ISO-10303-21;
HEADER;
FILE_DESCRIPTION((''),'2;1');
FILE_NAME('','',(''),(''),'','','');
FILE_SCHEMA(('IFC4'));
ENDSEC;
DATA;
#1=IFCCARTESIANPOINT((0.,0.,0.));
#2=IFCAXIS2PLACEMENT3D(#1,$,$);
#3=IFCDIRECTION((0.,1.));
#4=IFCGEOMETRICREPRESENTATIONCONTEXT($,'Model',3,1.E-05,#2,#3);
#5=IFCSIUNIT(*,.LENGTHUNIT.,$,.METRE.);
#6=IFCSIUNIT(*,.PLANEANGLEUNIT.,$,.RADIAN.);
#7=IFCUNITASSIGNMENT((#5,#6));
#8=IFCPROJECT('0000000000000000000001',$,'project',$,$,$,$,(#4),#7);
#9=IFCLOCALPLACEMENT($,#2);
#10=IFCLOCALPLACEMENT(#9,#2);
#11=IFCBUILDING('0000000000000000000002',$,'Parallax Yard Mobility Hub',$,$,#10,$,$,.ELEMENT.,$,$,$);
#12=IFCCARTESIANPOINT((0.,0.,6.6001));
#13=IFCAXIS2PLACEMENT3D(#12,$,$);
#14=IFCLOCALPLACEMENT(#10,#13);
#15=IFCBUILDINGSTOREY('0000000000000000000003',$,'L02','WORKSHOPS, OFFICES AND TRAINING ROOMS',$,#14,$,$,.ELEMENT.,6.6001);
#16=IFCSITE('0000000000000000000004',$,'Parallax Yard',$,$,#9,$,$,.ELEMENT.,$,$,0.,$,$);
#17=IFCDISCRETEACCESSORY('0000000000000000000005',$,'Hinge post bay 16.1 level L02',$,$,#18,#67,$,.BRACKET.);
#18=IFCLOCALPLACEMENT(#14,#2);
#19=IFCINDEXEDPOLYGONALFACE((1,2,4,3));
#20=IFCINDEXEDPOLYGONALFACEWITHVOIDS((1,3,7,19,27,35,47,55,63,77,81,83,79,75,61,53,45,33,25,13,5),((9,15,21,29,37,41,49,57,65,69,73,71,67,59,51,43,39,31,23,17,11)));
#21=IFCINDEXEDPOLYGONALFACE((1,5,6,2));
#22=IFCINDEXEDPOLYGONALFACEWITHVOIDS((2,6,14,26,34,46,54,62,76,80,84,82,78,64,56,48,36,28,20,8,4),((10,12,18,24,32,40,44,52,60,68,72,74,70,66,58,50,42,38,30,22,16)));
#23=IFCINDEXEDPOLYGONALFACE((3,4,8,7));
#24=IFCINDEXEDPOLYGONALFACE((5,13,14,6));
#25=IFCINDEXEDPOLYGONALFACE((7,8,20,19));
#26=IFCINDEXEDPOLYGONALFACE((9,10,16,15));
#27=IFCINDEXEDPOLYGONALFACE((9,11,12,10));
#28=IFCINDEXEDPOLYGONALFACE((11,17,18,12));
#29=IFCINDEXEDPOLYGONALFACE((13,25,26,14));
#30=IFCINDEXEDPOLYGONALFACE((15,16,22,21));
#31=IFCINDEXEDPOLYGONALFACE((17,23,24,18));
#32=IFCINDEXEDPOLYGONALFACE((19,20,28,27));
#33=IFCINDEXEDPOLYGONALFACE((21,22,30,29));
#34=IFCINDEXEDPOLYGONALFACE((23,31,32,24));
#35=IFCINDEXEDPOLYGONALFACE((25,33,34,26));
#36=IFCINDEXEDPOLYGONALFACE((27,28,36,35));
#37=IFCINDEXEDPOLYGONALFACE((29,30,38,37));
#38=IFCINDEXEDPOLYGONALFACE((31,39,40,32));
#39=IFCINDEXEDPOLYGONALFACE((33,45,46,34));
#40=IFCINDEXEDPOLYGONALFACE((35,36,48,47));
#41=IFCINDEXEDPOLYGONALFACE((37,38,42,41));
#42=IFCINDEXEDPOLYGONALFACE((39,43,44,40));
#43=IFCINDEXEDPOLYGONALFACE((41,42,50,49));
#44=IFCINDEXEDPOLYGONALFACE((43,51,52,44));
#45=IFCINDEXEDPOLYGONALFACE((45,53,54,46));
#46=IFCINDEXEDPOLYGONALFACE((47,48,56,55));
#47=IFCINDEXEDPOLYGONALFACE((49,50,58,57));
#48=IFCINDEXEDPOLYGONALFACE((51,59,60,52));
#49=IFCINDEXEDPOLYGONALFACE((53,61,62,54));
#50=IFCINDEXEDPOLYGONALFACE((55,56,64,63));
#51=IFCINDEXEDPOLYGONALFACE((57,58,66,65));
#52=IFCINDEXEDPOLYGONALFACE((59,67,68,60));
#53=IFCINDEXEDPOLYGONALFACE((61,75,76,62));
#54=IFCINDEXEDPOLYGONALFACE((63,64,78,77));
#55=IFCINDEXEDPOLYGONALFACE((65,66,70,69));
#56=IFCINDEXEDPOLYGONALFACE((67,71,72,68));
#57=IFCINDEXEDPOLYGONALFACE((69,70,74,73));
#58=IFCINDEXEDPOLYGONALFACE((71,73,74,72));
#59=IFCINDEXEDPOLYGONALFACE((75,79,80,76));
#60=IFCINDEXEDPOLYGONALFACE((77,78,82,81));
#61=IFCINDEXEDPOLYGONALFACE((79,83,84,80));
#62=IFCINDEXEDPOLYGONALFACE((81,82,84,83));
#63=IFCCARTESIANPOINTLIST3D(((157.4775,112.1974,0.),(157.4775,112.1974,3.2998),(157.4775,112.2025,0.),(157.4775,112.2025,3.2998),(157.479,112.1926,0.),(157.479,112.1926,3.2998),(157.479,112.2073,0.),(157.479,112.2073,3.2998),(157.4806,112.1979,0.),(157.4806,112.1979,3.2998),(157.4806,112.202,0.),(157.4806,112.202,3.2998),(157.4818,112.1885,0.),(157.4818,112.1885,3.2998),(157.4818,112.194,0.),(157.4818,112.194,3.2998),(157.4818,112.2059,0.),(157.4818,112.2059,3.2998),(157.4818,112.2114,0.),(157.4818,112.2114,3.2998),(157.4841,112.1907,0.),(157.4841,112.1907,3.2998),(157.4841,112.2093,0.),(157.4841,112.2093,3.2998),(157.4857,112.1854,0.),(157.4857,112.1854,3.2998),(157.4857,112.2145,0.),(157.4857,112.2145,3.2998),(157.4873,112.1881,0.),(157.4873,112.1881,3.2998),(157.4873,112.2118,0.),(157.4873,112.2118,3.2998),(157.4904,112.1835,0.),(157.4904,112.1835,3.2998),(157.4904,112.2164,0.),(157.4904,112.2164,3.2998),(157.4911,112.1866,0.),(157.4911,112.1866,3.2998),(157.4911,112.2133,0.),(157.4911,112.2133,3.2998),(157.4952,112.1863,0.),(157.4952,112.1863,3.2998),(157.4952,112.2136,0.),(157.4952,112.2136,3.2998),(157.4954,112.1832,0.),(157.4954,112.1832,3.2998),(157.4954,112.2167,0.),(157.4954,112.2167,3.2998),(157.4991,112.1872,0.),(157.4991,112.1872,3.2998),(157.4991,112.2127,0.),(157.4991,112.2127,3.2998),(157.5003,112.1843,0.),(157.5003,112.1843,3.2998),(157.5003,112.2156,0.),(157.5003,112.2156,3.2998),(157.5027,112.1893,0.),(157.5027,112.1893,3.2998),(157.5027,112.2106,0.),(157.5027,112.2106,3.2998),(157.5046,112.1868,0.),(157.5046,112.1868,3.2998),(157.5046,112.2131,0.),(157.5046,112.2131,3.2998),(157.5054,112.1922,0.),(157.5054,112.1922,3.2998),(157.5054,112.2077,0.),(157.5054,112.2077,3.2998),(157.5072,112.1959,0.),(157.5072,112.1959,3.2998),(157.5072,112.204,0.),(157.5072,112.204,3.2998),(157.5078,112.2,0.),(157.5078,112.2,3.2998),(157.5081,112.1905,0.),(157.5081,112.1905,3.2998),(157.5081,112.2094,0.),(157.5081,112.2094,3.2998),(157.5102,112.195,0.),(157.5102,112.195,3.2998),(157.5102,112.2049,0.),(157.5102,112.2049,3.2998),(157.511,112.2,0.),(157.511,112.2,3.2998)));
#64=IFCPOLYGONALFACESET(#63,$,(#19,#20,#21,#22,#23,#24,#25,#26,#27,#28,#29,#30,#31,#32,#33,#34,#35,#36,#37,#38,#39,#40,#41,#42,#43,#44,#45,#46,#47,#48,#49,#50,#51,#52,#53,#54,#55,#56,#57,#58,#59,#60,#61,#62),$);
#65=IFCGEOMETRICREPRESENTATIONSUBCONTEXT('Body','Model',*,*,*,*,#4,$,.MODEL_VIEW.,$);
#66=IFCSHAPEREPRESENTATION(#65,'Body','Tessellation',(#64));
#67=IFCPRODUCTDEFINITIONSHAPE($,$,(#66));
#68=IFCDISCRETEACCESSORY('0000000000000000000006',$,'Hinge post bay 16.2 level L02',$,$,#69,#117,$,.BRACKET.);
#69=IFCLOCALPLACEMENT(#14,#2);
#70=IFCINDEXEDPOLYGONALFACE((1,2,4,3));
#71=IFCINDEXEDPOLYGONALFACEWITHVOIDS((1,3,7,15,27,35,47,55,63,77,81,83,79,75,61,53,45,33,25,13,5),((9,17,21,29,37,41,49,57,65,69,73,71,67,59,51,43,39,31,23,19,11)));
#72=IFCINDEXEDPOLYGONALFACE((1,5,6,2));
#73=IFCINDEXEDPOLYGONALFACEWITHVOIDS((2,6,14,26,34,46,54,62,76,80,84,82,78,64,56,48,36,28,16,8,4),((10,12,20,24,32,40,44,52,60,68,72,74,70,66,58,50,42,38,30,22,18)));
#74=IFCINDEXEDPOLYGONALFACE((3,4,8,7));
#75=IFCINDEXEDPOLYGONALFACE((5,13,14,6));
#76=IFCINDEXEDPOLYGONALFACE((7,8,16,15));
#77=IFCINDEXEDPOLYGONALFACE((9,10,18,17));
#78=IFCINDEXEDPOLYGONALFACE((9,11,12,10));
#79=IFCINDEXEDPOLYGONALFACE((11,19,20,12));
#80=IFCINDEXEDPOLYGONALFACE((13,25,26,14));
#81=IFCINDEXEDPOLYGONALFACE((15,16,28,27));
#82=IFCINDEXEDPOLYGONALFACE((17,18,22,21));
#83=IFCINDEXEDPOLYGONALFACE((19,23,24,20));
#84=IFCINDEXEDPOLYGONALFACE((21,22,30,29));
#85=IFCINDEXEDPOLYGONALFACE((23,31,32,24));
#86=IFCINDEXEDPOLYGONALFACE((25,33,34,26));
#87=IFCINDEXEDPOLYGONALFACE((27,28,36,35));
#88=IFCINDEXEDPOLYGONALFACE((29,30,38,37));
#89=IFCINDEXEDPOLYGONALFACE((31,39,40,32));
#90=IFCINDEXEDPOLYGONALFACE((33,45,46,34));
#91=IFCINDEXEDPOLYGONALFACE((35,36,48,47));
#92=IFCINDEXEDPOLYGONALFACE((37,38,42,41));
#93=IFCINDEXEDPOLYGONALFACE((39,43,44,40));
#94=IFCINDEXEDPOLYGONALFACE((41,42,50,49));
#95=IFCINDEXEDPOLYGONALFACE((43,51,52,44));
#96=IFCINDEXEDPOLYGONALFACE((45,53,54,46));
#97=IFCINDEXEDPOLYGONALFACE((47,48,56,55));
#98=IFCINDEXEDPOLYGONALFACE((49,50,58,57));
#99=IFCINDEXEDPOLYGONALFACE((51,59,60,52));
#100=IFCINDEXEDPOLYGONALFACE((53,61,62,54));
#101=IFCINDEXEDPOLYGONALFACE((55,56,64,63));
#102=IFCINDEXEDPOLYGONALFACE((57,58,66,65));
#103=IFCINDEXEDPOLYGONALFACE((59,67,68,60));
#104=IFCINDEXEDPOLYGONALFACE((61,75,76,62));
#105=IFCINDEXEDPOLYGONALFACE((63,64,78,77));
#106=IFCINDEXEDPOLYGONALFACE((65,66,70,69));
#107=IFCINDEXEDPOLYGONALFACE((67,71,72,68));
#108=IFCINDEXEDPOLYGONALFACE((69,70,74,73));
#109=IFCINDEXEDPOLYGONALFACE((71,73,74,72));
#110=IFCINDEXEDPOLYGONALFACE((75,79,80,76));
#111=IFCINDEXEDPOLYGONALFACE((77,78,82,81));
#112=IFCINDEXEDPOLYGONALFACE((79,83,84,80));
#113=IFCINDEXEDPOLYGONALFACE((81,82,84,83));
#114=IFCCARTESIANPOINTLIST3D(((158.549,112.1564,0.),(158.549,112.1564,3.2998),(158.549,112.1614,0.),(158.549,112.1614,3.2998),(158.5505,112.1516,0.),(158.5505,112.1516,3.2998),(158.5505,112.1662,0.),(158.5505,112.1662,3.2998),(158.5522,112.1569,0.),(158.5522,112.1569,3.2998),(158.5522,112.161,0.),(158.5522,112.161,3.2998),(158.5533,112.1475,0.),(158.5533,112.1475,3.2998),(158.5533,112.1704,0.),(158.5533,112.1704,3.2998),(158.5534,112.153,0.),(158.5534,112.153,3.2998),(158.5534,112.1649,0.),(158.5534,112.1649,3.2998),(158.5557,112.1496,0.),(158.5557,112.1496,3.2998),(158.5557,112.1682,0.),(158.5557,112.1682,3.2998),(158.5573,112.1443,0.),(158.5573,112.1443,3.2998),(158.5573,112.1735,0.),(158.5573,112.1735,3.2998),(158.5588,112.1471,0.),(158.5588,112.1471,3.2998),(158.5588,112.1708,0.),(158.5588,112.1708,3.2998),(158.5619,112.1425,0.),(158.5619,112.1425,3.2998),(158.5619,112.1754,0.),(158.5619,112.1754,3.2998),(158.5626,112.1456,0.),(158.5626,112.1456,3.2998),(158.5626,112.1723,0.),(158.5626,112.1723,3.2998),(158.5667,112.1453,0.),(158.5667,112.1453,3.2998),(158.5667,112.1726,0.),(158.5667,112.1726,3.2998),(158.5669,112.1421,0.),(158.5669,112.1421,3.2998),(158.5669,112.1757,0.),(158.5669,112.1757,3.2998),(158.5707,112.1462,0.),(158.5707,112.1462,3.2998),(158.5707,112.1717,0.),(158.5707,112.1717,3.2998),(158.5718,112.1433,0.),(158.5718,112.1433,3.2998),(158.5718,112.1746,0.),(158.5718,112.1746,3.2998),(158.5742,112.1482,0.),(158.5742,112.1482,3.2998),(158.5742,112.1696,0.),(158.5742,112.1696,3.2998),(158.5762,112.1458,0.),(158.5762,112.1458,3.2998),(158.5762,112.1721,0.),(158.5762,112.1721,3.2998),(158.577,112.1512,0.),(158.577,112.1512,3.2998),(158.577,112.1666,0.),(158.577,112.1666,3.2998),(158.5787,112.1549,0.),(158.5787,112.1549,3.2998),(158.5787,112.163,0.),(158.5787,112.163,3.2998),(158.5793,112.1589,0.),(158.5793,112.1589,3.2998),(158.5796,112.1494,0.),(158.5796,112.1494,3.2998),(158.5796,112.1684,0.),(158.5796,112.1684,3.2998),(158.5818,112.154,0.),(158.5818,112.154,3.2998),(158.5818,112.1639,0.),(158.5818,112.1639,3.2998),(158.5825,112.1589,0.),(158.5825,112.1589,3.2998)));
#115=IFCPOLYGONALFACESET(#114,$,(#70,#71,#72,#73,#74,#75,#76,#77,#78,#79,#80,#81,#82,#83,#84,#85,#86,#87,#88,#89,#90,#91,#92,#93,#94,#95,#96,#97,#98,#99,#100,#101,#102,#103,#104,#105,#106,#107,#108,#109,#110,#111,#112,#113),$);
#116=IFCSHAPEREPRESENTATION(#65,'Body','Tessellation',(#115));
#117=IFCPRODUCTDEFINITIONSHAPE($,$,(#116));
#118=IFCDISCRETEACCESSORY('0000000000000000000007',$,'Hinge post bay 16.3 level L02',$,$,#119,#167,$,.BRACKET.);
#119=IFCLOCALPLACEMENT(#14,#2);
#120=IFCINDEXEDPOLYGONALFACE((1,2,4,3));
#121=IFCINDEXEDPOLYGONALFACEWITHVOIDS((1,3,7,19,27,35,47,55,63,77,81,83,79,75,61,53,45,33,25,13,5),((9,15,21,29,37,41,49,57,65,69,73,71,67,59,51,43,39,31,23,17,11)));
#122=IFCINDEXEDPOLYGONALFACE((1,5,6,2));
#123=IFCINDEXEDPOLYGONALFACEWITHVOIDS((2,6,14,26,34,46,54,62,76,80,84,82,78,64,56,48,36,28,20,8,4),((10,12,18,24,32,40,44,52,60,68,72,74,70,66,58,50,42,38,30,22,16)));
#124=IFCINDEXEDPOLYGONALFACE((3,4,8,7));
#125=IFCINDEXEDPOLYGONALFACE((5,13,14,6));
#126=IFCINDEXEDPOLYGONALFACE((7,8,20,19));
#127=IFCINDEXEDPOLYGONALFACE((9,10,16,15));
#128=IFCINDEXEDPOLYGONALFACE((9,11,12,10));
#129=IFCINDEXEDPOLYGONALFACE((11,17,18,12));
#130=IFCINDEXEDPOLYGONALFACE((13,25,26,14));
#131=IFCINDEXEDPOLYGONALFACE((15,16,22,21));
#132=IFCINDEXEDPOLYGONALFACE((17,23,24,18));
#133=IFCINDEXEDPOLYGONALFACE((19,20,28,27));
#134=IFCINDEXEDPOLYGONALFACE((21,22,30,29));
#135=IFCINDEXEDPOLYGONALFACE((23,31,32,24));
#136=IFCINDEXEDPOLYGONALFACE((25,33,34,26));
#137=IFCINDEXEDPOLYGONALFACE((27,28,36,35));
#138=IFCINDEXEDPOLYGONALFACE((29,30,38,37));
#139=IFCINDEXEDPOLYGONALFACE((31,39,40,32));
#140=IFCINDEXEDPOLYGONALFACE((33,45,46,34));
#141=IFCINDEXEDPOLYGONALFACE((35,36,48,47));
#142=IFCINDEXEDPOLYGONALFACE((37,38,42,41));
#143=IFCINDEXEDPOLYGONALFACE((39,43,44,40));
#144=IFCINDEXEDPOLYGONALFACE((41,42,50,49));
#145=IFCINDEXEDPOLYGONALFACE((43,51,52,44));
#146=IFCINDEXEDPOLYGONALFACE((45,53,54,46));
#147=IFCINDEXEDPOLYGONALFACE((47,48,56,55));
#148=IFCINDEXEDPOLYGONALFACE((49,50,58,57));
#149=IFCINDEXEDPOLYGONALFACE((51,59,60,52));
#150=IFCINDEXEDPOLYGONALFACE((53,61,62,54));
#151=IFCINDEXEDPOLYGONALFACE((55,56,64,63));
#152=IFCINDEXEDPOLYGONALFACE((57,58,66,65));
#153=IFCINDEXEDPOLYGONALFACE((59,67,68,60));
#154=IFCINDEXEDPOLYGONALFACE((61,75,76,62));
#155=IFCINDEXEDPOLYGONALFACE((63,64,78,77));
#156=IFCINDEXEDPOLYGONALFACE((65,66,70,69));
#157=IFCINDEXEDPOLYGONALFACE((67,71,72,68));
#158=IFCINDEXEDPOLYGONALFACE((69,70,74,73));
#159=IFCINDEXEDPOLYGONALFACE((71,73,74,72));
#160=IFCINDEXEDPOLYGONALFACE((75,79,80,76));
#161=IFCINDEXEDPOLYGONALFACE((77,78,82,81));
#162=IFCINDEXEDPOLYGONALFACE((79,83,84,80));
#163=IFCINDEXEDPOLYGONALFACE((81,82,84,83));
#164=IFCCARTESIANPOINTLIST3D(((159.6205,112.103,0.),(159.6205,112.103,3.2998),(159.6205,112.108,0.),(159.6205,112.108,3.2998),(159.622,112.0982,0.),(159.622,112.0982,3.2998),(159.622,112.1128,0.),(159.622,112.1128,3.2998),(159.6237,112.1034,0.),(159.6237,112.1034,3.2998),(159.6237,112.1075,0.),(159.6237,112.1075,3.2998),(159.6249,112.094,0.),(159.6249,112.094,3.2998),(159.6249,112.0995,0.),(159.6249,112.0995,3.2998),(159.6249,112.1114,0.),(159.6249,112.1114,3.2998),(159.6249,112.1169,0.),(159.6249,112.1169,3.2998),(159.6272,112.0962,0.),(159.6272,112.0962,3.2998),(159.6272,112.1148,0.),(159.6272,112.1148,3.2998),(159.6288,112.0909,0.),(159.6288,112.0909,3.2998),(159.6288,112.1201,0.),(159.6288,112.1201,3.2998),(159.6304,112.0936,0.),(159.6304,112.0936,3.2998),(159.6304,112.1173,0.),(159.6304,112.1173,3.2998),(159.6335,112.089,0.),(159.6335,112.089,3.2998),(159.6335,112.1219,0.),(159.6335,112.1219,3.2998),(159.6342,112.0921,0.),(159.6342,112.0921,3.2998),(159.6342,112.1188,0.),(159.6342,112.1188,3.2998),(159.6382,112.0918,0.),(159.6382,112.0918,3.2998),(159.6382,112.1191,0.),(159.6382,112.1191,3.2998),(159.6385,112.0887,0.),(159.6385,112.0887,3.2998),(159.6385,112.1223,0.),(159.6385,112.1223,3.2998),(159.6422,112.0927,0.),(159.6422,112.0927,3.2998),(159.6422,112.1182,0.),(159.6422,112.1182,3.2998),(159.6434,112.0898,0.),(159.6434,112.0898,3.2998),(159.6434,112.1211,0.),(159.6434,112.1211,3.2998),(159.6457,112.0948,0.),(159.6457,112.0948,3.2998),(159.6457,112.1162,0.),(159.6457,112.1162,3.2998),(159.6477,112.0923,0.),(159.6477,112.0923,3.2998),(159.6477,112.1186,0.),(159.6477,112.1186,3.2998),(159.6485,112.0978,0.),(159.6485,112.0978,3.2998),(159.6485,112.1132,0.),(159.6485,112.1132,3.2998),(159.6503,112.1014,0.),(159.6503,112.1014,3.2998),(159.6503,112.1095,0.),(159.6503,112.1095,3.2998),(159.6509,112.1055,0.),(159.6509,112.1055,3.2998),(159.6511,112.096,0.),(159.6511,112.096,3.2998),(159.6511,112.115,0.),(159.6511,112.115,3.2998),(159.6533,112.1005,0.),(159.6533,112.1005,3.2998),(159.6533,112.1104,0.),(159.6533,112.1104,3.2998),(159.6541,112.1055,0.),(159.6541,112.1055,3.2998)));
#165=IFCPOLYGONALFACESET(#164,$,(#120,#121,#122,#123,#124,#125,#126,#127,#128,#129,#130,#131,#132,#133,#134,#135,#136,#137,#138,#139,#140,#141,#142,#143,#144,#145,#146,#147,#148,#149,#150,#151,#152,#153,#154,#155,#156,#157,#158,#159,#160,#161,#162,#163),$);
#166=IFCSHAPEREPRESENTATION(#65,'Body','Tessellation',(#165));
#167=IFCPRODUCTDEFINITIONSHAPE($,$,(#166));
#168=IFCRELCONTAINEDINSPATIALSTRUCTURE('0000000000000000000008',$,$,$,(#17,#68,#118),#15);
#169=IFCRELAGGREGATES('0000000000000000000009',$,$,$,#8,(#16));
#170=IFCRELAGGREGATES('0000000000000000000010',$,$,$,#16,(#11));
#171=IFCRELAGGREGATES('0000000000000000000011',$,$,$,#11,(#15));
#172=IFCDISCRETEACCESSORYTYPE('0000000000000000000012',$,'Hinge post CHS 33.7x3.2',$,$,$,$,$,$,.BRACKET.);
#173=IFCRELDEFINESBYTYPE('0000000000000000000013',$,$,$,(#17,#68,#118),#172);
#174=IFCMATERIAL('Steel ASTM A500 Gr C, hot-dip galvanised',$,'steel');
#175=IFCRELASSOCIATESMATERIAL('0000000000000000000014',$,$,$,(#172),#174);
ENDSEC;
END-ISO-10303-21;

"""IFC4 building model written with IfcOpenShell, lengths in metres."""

from ifc_helpers import new_model, si_unit, direction, frame, origin, origin_2d, place, context, subcontext, project, spatial, hollow_circle, extrude, material, material_profile, profile_set, type_object, element, save


model = new_model("IFC4")

# Units and contexts
model_context = context("Model", 3, precision=1e-05, world=origin(), true_north=direction((0.0, 1.0)))
body_context = subcontext(model_context, "Body", "Model", "MODEL_VIEW")
ifc_project = project(units=[si_unit("LENGTHUNIT", "METRE"), si_unit("PLANEANGLEUNIT", "RADIAN")], contexts=[model_context])

# Site, building, storey
site_placement = place(None, origin())
site = spatial("IfcSite", under=ifc_project, at=site_placement, Name="Parallax Yard", CompositionType="ELEMENT", RefElevation=0.0)
building_placement = place(site_placement, origin())
building = spatial("IfcBuilding", under=site, at=building_placement, Name="Parallax Yard Mobility Hub", CompositionType="ELEMENT")
storey_placement = place(building_placement, frame((0.0, 0.0, 6.6001)))
storey = spatial("IfcBuildingStorey", under=building, at=storey_placement, Name="L02", Description="WORKSHOPS, OFFICES AND TRAINING ROOMS", CompositionType="ELEMENT", Elevation=6.6001)

# Discrete accessories
ifc_material_1 = material(Name="Steel ASTM A500 Gr C, hot-dip galvanised", Category="steel")
ifc_material_profile_1 = material_profile(ifc_material_1, hollow_circle(Radius=0.0168, WallThickness=0.0032, at=origin_2d()), Name="CHS 33.7x3.2")
ifc_profile_set_1 = profile_set([ifc_material_profile_1], Name="Steel ASTM A500 Gr C, hot-dip galvanised")
discrete_accessory_type_1 = type_object("IfcDiscreteAccessoryType", Name="Hinge post CHS 33.7x3.2", PredefinedType="BRACKET", material=ifc_profile_set_1)
for number, where, z_axis, x_axis, name in (
    (1, (157.4941, 112.2, 0.0), (0.0, 0.0, 1.0), (1.0, 0.0, 0.0), "Hinge post bay 16.1 level L02"),
    (2, (158.5657, 112.1589, 0.0), (0.0, 0.0, 1.0), (1.0, 0.0, 0.0), "Hinge post bay 16.2 level L02"),
    (3, (159.6372, 112.1055, 0.0), (0.0, 0.0, 1.0), (1.0, 0.0, 0.0), "Hinge post bay 16.3 level L02"),
):
    element("IfcDiscreteAccessory", number, at=place(storey_placement, frame(where, z_axis=z_axis, x_axis=x_axis)), inside=storey, type_object=discrete_accessory_type_1, Name=name, PredefinedType="BRACKET", context=body_context, shape_type="SweptSolid", body=[
        extrude(hollow_circle(Radius=0.0168, WallThickness=0.0032, at=origin_2d()), origin(), (0.0, 0.0, 1.0), 3.2998),
    ])

save(model, "model.ifc")
